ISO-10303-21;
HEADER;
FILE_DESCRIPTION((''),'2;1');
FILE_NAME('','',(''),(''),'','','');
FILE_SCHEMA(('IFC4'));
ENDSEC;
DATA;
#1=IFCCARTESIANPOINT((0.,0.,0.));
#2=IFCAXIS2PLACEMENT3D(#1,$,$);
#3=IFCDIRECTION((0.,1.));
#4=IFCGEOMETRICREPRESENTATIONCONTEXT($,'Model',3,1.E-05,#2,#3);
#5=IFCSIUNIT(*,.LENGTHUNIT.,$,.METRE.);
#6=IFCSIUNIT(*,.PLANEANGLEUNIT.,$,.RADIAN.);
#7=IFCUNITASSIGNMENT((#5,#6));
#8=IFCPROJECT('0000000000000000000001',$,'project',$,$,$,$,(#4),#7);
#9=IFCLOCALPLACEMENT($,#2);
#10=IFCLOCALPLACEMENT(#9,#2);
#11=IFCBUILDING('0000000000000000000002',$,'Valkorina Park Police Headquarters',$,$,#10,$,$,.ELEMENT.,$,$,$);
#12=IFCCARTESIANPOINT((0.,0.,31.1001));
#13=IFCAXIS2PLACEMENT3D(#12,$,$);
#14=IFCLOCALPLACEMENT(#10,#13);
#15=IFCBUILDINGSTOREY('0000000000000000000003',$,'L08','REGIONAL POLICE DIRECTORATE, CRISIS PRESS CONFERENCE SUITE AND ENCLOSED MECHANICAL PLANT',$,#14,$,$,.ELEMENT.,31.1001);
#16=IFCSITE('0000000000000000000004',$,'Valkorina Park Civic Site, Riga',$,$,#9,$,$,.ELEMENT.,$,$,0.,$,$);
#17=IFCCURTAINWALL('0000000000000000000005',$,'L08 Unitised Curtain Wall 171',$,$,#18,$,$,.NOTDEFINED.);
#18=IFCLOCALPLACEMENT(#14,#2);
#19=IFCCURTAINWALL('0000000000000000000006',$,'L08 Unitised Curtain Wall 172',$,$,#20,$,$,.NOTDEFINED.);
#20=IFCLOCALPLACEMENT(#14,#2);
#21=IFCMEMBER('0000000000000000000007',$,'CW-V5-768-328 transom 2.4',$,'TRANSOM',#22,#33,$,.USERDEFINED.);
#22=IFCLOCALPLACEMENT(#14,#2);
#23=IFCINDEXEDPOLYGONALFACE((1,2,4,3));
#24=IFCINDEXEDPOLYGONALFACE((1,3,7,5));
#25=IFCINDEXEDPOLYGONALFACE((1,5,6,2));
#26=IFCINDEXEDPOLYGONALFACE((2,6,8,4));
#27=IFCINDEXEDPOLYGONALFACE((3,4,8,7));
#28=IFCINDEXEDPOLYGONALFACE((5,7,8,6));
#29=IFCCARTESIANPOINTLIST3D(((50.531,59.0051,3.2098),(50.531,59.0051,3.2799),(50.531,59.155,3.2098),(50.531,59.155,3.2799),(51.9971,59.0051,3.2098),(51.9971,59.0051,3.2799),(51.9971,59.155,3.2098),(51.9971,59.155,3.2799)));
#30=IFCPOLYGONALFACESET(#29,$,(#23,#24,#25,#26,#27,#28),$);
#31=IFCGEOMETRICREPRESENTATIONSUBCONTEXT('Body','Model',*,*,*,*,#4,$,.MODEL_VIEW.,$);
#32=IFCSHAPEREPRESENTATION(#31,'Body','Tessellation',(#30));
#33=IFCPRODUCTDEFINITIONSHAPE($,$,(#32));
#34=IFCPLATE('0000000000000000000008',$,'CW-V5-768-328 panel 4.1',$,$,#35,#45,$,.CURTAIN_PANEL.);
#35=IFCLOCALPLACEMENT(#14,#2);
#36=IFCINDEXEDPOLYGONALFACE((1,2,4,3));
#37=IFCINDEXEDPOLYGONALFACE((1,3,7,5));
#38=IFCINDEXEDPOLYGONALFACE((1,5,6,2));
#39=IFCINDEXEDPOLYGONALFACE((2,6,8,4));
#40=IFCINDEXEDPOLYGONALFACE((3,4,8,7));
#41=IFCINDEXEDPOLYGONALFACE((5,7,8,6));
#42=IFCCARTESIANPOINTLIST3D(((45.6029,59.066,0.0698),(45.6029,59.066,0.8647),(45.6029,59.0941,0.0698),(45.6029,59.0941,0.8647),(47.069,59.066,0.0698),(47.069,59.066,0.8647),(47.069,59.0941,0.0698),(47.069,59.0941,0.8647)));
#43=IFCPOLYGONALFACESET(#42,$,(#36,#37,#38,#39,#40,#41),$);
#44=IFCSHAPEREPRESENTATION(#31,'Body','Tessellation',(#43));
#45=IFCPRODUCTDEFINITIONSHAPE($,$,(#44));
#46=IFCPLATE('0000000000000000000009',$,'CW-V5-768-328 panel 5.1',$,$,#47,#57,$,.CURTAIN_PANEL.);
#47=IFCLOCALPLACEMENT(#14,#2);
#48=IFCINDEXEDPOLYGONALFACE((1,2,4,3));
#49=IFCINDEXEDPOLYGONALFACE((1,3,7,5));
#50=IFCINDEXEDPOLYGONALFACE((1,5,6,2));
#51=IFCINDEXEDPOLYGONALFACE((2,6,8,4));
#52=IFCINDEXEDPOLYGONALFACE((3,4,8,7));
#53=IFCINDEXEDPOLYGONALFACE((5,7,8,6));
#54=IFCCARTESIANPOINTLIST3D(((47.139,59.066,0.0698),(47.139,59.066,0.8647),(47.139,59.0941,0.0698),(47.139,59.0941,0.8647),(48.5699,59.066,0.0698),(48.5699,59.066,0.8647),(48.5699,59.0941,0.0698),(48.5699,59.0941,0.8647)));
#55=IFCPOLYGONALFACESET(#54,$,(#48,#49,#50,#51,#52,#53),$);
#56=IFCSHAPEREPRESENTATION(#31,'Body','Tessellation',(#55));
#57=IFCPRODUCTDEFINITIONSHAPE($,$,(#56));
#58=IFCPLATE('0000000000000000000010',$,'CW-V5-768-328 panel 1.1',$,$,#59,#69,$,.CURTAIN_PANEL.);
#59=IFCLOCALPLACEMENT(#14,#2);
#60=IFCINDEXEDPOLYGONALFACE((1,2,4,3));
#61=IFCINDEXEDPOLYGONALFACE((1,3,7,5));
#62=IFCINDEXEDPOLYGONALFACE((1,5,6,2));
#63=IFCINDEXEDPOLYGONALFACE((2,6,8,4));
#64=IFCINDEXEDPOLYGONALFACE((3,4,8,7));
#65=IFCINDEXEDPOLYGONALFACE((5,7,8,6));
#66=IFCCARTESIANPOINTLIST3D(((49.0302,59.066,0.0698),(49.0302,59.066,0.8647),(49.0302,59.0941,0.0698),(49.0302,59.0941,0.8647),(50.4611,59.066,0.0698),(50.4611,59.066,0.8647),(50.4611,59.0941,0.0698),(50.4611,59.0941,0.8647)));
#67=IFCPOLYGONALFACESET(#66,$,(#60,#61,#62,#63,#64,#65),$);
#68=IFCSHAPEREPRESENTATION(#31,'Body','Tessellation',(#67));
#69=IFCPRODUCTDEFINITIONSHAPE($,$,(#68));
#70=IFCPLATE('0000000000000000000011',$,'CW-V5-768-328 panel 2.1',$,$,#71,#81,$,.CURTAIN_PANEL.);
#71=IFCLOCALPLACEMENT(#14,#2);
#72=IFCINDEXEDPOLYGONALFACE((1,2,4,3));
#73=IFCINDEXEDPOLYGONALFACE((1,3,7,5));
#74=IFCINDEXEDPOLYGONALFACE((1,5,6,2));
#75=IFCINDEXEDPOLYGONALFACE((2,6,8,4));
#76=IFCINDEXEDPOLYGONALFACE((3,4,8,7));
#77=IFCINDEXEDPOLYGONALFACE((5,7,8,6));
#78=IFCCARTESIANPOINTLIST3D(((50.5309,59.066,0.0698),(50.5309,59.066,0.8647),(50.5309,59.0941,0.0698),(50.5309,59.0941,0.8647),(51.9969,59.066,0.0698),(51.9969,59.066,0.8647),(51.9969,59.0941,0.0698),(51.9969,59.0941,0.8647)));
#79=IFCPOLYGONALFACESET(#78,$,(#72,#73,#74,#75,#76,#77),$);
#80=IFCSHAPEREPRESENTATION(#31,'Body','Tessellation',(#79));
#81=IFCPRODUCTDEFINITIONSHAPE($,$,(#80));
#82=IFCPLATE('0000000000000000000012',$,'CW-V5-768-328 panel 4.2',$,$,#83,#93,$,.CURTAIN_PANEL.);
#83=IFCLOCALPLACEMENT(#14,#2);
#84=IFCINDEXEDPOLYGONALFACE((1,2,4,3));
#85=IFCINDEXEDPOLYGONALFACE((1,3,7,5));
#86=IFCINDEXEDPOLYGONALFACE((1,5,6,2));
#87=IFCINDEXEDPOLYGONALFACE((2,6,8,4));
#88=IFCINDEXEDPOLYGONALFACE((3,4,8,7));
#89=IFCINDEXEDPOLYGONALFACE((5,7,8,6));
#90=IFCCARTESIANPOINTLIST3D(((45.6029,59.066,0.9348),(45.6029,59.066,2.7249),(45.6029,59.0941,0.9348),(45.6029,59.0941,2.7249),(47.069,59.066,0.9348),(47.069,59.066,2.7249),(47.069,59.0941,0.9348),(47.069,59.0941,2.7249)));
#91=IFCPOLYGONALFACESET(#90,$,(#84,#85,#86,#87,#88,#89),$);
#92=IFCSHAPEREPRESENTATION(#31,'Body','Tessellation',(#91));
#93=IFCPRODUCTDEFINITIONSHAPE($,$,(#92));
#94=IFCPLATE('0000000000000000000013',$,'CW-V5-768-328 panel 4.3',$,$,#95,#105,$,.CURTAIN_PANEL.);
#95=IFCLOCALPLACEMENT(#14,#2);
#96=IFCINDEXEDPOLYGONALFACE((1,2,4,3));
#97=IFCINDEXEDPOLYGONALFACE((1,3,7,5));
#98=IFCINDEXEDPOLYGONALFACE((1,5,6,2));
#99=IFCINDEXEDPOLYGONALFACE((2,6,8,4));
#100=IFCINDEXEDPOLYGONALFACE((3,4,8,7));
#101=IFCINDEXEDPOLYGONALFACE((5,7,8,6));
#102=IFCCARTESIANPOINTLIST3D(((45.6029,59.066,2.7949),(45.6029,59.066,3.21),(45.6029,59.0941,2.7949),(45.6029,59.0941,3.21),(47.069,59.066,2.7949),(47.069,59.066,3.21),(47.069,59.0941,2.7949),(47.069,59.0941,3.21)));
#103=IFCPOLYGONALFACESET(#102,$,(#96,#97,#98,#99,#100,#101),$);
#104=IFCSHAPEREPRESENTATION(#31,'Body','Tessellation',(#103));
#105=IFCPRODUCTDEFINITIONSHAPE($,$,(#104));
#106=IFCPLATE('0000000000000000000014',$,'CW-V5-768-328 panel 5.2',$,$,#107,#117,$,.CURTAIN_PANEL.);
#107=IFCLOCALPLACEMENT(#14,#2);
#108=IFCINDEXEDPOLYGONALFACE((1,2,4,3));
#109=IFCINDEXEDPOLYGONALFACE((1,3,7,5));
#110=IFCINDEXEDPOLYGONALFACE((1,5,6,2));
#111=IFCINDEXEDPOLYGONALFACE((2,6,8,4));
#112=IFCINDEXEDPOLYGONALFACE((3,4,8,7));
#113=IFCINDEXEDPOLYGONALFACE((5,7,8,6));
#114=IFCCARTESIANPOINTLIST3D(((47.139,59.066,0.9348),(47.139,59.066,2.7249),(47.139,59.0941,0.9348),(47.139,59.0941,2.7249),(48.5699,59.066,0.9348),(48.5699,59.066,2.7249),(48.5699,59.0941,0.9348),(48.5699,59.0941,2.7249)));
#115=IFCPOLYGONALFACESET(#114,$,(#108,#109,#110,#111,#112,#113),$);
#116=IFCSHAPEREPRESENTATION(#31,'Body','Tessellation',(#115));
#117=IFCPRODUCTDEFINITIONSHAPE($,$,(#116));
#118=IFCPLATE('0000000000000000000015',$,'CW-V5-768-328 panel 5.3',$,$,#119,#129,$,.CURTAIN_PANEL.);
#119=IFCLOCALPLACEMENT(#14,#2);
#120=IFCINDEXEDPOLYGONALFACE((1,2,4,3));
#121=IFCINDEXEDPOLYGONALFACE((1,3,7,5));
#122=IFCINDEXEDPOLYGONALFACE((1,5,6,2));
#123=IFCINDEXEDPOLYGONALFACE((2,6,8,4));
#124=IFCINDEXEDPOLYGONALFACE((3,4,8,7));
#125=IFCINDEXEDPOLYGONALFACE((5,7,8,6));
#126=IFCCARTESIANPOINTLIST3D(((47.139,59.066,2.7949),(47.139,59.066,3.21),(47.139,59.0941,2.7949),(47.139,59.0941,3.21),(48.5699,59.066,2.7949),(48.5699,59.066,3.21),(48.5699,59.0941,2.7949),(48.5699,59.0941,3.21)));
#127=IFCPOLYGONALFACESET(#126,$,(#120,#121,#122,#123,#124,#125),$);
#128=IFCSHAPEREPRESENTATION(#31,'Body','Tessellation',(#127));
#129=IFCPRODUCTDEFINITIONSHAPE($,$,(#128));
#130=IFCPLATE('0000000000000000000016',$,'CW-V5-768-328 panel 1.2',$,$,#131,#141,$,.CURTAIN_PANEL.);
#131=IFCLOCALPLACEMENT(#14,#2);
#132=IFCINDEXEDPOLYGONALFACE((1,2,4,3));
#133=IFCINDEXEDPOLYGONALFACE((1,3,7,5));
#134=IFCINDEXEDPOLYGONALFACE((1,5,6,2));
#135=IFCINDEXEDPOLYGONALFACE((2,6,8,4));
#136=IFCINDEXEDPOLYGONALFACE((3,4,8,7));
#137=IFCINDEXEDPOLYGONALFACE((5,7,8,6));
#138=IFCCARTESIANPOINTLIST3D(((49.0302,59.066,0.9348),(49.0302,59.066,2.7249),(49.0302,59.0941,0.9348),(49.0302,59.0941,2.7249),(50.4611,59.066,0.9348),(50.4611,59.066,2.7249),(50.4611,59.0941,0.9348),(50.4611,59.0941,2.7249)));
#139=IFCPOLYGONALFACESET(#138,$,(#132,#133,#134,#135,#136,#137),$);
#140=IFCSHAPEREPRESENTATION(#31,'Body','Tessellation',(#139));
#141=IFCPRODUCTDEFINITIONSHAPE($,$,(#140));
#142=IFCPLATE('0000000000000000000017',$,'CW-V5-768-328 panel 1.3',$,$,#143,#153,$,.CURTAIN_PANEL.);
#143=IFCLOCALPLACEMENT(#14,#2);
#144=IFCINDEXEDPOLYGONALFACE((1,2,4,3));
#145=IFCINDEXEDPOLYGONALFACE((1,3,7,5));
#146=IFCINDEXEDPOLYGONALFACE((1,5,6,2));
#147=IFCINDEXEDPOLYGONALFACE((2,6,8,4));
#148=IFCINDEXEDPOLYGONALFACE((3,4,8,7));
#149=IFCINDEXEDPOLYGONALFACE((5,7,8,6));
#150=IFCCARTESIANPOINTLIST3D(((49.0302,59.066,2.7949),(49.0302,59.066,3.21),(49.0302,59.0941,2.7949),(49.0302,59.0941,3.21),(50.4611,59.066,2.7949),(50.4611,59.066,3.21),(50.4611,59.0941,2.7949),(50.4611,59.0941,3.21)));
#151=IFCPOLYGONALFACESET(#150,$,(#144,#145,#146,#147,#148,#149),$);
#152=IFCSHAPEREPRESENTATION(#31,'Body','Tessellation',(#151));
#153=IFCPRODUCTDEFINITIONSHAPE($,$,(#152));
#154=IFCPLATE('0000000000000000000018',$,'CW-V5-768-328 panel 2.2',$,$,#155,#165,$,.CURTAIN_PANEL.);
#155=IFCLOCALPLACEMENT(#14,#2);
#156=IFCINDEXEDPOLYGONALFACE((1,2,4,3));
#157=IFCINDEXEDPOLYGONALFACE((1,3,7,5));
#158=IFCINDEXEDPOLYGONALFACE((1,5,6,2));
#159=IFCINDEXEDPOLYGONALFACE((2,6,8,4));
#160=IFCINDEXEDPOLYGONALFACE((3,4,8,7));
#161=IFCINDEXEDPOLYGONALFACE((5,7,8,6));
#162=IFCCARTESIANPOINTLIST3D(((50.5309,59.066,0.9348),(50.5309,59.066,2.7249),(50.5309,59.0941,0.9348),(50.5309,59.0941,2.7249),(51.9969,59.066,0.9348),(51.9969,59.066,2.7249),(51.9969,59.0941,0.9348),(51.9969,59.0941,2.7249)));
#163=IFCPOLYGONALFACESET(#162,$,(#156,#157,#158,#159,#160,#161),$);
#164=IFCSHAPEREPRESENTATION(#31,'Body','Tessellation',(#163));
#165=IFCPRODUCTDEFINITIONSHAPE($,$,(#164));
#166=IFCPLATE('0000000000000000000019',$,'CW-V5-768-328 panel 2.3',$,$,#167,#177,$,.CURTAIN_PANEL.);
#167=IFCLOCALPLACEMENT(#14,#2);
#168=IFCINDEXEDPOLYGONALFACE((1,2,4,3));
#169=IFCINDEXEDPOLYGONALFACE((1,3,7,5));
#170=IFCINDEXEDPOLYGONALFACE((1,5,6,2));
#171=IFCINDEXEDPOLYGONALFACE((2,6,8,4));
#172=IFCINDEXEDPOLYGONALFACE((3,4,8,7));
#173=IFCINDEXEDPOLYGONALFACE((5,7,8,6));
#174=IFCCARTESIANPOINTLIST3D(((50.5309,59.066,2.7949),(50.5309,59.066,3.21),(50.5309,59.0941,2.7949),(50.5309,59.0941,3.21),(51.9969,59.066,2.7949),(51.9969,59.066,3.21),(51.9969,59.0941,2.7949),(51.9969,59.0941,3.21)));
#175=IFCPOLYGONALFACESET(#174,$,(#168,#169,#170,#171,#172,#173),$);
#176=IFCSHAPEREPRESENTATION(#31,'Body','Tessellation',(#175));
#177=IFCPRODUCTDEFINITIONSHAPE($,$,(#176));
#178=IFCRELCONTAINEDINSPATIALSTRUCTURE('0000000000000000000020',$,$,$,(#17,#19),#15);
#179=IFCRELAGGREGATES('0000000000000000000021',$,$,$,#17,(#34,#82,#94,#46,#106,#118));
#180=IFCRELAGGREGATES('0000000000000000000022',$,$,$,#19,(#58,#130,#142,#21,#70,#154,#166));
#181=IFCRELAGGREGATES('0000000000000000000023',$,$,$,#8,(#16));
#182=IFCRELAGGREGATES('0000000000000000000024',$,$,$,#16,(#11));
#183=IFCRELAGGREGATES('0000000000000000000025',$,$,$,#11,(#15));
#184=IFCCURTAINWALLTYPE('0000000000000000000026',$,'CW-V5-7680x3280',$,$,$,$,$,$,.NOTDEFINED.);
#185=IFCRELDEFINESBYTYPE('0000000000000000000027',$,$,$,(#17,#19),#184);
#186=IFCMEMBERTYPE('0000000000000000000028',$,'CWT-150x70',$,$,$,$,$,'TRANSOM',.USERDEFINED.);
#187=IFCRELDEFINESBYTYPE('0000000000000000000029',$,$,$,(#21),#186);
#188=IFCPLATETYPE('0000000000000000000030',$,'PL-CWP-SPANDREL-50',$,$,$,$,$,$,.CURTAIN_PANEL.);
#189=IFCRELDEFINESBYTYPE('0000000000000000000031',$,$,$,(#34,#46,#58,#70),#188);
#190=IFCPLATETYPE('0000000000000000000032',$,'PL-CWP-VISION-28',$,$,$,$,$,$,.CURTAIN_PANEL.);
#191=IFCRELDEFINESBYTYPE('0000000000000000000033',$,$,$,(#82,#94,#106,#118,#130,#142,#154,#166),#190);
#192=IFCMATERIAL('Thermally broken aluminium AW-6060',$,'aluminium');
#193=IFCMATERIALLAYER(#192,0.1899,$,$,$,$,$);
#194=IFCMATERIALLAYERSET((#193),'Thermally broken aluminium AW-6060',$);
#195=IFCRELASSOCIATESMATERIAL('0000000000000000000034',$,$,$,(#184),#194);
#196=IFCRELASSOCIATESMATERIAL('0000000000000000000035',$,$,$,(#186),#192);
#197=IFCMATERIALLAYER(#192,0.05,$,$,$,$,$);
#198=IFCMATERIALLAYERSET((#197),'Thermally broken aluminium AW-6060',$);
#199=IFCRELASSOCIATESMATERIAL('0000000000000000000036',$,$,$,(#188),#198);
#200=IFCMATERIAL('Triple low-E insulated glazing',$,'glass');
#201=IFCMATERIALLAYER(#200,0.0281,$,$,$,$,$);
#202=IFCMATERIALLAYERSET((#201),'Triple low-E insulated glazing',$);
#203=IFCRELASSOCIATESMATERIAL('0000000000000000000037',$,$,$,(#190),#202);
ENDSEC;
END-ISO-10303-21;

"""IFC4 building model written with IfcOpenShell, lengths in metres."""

from ifc_helpers import new_model, si_unit, direction, frame, origin, origin_2d, place, context, subcontext, project, spatial, rectangle, extrude, material, layer, layer_set, material_profile, profile_set, type_object, element, aggregate, save


model = new_model("IFC4")

# Units and contexts
model_context = context("Model", 3, precision=1e-05, world=origin(), true_north=direction((0.0, 1.0)))
body_context = subcontext(model_context, "Body", "Model", "MODEL_VIEW")
ifc_project = project(units=[si_unit("LENGTHUNIT", "METRE"), si_unit("PLANEANGLEUNIT", "RADIAN")], contexts=[model_context])

# Site, building, storey
site_placement = place(None, origin())
site = spatial("IfcSite", under=ifc_project, at=site_placement, Name="Valkorina Park Civic Site, Riga", CompositionType="ELEMENT", RefElevation=0.0)
building_placement = place(site_placement, origin())
building = spatial("IfcBuilding", under=site, at=building_placement, Name="Valkorina Park Police Headquarters", CompositionType="ELEMENT")
storey_placement = place(building_placement, frame((0.0, 0.0, 31.1001)))
storey = spatial("IfcBuildingStorey", under=building, at=storey_placement, Name="L08", Description="REGIONAL POLICE DIRECTORATE, CRISIS PRESS CONFERENCE SUITE AND ENCLOSED MECHANICAL PLANT", CompositionType="ELEMENT", Elevation=31.1001)

# Curtain walls
ifc_material_1 = material(Name="Thermally broken aluminium AW-6060", Category="aluminium")
ifc_layer_1 = layer(ifc_material_1, 0.1899)
ifc_layer_set_1 = layer_set([ifc_layer_1], Name="Thermally broken aluminium AW-6060")
curtain_wall_type = type_object("IfcCurtainWallType", Name="CW-V5-7680x3280", PredefinedType="NOTDEFINED", material=ifc_layer_set_1)
curtain_wall_1_placement = place(storey_placement, origin())
curtain_wall_1 = element("IfcCurtainWall", 1, at=curtain_wall_1_placement, inside=storey, type_object=curtain_wall_type, Name="L08 Unitised Curtain Wall 171", PredefinedType="NOTDEFINED")
curtain_wall_2_placement = place(storey_placement, origin())
curtain_wall_2 = element("IfcCurtainWall", 2, at=curtain_wall_2_placement, inside=storey, type_object=curtain_wall_type, Name="L08 Unitised Curtain Wall 172", PredefinedType="NOTDEFINED")

# Member
ifc_material_profile_1 = material_profile(ifc_material_1, rectangle(XDim=0.1499, YDim=0.0701, at=origin_2d()), Name="CWT-02 150x70")
ifc_profile_set_1 = profile_set([ifc_material_profile_1], Name="Thermally broken aluminium AW-6060")
member_type_1 = type_object("IfcMemberType", Name="CWT-150x70", ElementType="TRANSOM", PredefinedType="USERDEFINED", material=ifc_profile_set_1)
member_1_placement = place(storey_placement, frame((50.531, 59.0801, 3.2449), z_axis=(1.0, 0.0, 0.0), x_axis=(0.0, 1.0, 0.0)))
member_1 = element("IfcMember", 3, at=member_1_placement, type_object=member_type_1, Name="CW-V5-768-328 transom 2.4", ObjectType="TRANSOM", PredefinedType="USERDEFINED", context=body_context, shape_type="SweptSolid", body=[
    extrude(rectangle(XDim=0.1499, YDim=0.0701, at=origin_2d()), origin(), (0.0, 0.0, 1.0), 1.4661),
])

# Plates
ifc_layer_2 = layer(ifc_material_1, 0.05)
ifc_layer_set_2 = layer_set([ifc_layer_2], Name="Thermally broken aluminium AW-6060")
plate_type_1 = type_object("IfcPlateType", Name="PL-CWP-SPANDREL-50", PredefinedType="CURTAIN_PANEL", material=ifc_layer_set_2)
plate_1_placement = place(storey_placement, frame((46.3359, 59.0801, 0.0698), z_axis=(0.0, 0.0, 1.0), x_axis=(1.0, 0.0, 0.0)))
plate_1 = element("IfcPlate", 4, at=plate_1_placement, type_object=plate_type_1, Name="CW-V5-768-328 panel 4.1", PredefinedType="CURTAIN_PANEL", context=body_context, shape_type="SweptSolid", body=[
    extrude(rectangle(XDim=1.4661, YDim=0.0281, at=origin_2d()), origin(), (0.0, 0.0, 1.0), 0.7949),
])
plate_2_placement = place(storey_placement, frame((47.8545, 59.0801, 0.0698), z_axis=(0.0, 0.0, 1.0), x_axis=(1.0, 0.0, 0.0)))
plate_2 = element("IfcPlate", 5, at=plate_2_placement, type_object=plate_type_1, Name="CW-V5-768-328 panel 5.1", PredefinedType="CURTAIN_PANEL", context=body_context, shape_type="SweptSolid", body=[
    extrude(rectangle(XDim=1.4309, YDim=0.0281, at=origin_2d()), origin(), (0.0, 0.0, 1.0), 0.7949),
])
plate_3_placement = place(storey_placement, frame((49.7456, 59.0801, 0.0698), z_axis=(0.0, 0.0, 1.0), x_axis=(1.0, 0.0, 0.0)))
plate_3 = element("IfcPlate", 6, at=plate_3_placement, type_object=plate_type_1, Name="CW-V5-768-328 panel 1.1", PredefinedType="CURTAIN_PANEL", context=body_context, shape_type="SweptSolid", body=[
    extrude(rectangle(XDim=1.4309, YDim=0.0281, at=origin_2d()), origin(), (0.0, 0.0, 1.0), 0.7949),
])
plate_4_placement = place(storey_placement, frame((51.2639, 59.0801, 0.0698), z_axis=(0.0, 0.0, 1.0), x_axis=(1.0, 0.0, 0.0)))
plate_4 = element("IfcPlate", 7, at=plate_4_placement, type_object=plate_type_1, Name="CW-V5-768-328 panel 2.1", PredefinedType="CURTAIN_PANEL", context=body_context, shape_type="SweptSolid", body=[
    extrude(rectangle(XDim=1.4661, YDim=0.0281, at=origin_2d()), origin(), (0.0, 0.0, 1.0), 0.7949),
])
ifc_material_2 = material(Name="Triple low-E insulated glazing", Category="glass")
ifc_layer_3 = layer(ifc_material_2, 0.0281)
ifc_layer_set_3 = layer_set([ifc_layer_3], Name="Triple low-E insulated glazing")
plate_type_2 = type_object("IfcPlateType", Name="PL-CWP-VISION-28", PredefinedType="CURTAIN_PANEL", material=ifc_layer_set_3)
plate_5_placement = place(storey_placement, frame((46.3359, 59.0801, 0.9348), z_axis=(0.0, 0.0, 1.0), x_axis=(1.0, 0.0, 0.0)))
plate_5 = element("IfcPlate", 8, at=plate_5_placement, type_object=plate_type_2, Name="CW-V5-768-328 panel 4.2", PredefinedType="CURTAIN_PANEL", context=body_context, shape_type="SweptSolid", body=[
    extrude(rectangle(XDim=1.4661, YDim=0.0281, at=origin_2d()), origin(), (0.0, 0.0, 1.0), 1.79),
])
plate_6_placement = place(storey_placement, frame((46.3359, 59.0801, 2.7949), z_axis=(0.0, 0.0, 1.0), x_axis=(1.0, 0.0, 0.0)))
plate_6 = element("IfcPlate", 9, at=plate_6_placement, type_object=plate_type_2, Name="CW-V5-768-328 panel 4.3", PredefinedType="CURTAIN_PANEL", context=body_context, shape_type="SweptSolid", body=[
    extrude(rectangle(XDim=1.4661, YDim=0.0281, at=origin_2d()), origin(), (0.0, 0.0, 1.0), 0.415),
])
plate_7_placement = place(storey_placement, frame((47.8545, 59.0801, 0.9348), z_axis=(0.0, 0.0, 1.0), x_axis=(1.0, 0.0, 0.0)))
plate_7 = element("IfcPlate", 10, at=plate_7_placement, type_object=plate_type_2, Name="CW-V5-768-328 panel 5.2", PredefinedType="CURTAIN_PANEL", context=body_context, shape_type="SweptSolid", body=[
    extrude(rectangle(XDim=1.4309, YDim=0.0281, at=origin_2d()), origin(), (0.0, 0.0, 1.0), 1.79),
])
plate_8_placement = place(storey_placement, frame((47.8545, 59.0801, 2.7949), z_axis=(0.0, 0.0, 1.0), x_axis=(1.0, 0.0, 0.0)))
plate_8 = element("IfcPlate", 11, at=plate_8_placement, type_object=plate_type_2, Name="CW-V5-768-328 panel 5.3", PredefinedType="CURTAIN_PANEL", context=body_context, shape_type="SweptSolid", body=[
    extrude(rectangle(XDim=1.4309, YDim=0.0281, at=origin_2d()), origin(), (0.0, 0.0, 1.0), 0.415),
])
aggregate(curtain_wall_1, [plate_1, plate_5, plate_6, plate_2, plate_7, plate_8])
plate_9_placement = place(storey_placement, frame((49.7456, 59.0801, 0.9348), z_axis=(0.0, 0.0, 1.0), x_axis=(1.0, 0.0, 0.0)))
plate_9 = element("IfcPlate", 12, at=plate_9_placement, type_object=plate_type_2, Name="CW-V5-768-328 panel 1.2", PredefinedType="CURTAIN_PANEL", context=body_context, shape_type="SweptSolid", body=[
    extrude(rectangle(XDim=1.4309, YDim=0.0281, at=origin_2d()), origin(), (0.0, 0.0, 1.0), 1.79),
])
plate_10_placement = place(storey_placement, frame((49.7456, 59.0801, 2.7949), z_axis=(0.0, 0.0, 1.0), x_axis=(1.0, 0.0, 0.0)))
plate_10 = element("IfcPlate", 13, at=plate_10_placement, type_object=plate_type_2, Name="CW-V5-768-328 panel 1.3", PredefinedType="CURTAIN_PANEL", context=body_context, shape_type="SweptSolid", body=[
    extrude(rectangle(XDim=1.4309, YDim=0.0281, at=origin_2d()), origin(), (0.0, 0.0, 1.0), 0.415),
])
plate_11_placement = place(storey_placement, frame((51.2639, 59.0801, 0.9348), z_axis=(0.0, 0.0, 1.0), x_axis=(1.0, 0.0, 0.0)))
plate_11 = element("IfcPlate", 14, at=plate_11_placement, type_object=plate_type_2, Name="CW-V5-768-328 panel 2.2", PredefinedType="CURTAIN_PANEL", context=body_context, shape_type="SweptSolid", body=[
    extrude(rectangle(XDim=1.4661, YDim=0.0281, at=origin_2d()), origin(), (0.0, 0.0, 1.0), 1.79),
])
plate_12_placement = place(storey_placement, frame((51.2639, 59.0801, 2.7949), z_axis=(0.0, 0.0, 1.0), x_axis=(1.0, 0.0, 0.0)))
plate_12 = element("IfcPlate", 15, at=plate_12_placement, type_object=plate_type_2, Name="CW-V5-768-328 panel 2.3", PredefinedType="CURTAIN_PANEL", context=body_context, shape_type="SweptSolid", body=[
    extrude(rectangle(XDim=1.4661, YDim=0.0281, at=origin_2d()), origin(), (0.0, 0.0, 1.0), 0.415),
])
aggregate(curtain_wall_2, [plate_3, plate_9, plate_10, member_1, plate_4, plate_11, plate_12])

save(model, "model.ifc")
